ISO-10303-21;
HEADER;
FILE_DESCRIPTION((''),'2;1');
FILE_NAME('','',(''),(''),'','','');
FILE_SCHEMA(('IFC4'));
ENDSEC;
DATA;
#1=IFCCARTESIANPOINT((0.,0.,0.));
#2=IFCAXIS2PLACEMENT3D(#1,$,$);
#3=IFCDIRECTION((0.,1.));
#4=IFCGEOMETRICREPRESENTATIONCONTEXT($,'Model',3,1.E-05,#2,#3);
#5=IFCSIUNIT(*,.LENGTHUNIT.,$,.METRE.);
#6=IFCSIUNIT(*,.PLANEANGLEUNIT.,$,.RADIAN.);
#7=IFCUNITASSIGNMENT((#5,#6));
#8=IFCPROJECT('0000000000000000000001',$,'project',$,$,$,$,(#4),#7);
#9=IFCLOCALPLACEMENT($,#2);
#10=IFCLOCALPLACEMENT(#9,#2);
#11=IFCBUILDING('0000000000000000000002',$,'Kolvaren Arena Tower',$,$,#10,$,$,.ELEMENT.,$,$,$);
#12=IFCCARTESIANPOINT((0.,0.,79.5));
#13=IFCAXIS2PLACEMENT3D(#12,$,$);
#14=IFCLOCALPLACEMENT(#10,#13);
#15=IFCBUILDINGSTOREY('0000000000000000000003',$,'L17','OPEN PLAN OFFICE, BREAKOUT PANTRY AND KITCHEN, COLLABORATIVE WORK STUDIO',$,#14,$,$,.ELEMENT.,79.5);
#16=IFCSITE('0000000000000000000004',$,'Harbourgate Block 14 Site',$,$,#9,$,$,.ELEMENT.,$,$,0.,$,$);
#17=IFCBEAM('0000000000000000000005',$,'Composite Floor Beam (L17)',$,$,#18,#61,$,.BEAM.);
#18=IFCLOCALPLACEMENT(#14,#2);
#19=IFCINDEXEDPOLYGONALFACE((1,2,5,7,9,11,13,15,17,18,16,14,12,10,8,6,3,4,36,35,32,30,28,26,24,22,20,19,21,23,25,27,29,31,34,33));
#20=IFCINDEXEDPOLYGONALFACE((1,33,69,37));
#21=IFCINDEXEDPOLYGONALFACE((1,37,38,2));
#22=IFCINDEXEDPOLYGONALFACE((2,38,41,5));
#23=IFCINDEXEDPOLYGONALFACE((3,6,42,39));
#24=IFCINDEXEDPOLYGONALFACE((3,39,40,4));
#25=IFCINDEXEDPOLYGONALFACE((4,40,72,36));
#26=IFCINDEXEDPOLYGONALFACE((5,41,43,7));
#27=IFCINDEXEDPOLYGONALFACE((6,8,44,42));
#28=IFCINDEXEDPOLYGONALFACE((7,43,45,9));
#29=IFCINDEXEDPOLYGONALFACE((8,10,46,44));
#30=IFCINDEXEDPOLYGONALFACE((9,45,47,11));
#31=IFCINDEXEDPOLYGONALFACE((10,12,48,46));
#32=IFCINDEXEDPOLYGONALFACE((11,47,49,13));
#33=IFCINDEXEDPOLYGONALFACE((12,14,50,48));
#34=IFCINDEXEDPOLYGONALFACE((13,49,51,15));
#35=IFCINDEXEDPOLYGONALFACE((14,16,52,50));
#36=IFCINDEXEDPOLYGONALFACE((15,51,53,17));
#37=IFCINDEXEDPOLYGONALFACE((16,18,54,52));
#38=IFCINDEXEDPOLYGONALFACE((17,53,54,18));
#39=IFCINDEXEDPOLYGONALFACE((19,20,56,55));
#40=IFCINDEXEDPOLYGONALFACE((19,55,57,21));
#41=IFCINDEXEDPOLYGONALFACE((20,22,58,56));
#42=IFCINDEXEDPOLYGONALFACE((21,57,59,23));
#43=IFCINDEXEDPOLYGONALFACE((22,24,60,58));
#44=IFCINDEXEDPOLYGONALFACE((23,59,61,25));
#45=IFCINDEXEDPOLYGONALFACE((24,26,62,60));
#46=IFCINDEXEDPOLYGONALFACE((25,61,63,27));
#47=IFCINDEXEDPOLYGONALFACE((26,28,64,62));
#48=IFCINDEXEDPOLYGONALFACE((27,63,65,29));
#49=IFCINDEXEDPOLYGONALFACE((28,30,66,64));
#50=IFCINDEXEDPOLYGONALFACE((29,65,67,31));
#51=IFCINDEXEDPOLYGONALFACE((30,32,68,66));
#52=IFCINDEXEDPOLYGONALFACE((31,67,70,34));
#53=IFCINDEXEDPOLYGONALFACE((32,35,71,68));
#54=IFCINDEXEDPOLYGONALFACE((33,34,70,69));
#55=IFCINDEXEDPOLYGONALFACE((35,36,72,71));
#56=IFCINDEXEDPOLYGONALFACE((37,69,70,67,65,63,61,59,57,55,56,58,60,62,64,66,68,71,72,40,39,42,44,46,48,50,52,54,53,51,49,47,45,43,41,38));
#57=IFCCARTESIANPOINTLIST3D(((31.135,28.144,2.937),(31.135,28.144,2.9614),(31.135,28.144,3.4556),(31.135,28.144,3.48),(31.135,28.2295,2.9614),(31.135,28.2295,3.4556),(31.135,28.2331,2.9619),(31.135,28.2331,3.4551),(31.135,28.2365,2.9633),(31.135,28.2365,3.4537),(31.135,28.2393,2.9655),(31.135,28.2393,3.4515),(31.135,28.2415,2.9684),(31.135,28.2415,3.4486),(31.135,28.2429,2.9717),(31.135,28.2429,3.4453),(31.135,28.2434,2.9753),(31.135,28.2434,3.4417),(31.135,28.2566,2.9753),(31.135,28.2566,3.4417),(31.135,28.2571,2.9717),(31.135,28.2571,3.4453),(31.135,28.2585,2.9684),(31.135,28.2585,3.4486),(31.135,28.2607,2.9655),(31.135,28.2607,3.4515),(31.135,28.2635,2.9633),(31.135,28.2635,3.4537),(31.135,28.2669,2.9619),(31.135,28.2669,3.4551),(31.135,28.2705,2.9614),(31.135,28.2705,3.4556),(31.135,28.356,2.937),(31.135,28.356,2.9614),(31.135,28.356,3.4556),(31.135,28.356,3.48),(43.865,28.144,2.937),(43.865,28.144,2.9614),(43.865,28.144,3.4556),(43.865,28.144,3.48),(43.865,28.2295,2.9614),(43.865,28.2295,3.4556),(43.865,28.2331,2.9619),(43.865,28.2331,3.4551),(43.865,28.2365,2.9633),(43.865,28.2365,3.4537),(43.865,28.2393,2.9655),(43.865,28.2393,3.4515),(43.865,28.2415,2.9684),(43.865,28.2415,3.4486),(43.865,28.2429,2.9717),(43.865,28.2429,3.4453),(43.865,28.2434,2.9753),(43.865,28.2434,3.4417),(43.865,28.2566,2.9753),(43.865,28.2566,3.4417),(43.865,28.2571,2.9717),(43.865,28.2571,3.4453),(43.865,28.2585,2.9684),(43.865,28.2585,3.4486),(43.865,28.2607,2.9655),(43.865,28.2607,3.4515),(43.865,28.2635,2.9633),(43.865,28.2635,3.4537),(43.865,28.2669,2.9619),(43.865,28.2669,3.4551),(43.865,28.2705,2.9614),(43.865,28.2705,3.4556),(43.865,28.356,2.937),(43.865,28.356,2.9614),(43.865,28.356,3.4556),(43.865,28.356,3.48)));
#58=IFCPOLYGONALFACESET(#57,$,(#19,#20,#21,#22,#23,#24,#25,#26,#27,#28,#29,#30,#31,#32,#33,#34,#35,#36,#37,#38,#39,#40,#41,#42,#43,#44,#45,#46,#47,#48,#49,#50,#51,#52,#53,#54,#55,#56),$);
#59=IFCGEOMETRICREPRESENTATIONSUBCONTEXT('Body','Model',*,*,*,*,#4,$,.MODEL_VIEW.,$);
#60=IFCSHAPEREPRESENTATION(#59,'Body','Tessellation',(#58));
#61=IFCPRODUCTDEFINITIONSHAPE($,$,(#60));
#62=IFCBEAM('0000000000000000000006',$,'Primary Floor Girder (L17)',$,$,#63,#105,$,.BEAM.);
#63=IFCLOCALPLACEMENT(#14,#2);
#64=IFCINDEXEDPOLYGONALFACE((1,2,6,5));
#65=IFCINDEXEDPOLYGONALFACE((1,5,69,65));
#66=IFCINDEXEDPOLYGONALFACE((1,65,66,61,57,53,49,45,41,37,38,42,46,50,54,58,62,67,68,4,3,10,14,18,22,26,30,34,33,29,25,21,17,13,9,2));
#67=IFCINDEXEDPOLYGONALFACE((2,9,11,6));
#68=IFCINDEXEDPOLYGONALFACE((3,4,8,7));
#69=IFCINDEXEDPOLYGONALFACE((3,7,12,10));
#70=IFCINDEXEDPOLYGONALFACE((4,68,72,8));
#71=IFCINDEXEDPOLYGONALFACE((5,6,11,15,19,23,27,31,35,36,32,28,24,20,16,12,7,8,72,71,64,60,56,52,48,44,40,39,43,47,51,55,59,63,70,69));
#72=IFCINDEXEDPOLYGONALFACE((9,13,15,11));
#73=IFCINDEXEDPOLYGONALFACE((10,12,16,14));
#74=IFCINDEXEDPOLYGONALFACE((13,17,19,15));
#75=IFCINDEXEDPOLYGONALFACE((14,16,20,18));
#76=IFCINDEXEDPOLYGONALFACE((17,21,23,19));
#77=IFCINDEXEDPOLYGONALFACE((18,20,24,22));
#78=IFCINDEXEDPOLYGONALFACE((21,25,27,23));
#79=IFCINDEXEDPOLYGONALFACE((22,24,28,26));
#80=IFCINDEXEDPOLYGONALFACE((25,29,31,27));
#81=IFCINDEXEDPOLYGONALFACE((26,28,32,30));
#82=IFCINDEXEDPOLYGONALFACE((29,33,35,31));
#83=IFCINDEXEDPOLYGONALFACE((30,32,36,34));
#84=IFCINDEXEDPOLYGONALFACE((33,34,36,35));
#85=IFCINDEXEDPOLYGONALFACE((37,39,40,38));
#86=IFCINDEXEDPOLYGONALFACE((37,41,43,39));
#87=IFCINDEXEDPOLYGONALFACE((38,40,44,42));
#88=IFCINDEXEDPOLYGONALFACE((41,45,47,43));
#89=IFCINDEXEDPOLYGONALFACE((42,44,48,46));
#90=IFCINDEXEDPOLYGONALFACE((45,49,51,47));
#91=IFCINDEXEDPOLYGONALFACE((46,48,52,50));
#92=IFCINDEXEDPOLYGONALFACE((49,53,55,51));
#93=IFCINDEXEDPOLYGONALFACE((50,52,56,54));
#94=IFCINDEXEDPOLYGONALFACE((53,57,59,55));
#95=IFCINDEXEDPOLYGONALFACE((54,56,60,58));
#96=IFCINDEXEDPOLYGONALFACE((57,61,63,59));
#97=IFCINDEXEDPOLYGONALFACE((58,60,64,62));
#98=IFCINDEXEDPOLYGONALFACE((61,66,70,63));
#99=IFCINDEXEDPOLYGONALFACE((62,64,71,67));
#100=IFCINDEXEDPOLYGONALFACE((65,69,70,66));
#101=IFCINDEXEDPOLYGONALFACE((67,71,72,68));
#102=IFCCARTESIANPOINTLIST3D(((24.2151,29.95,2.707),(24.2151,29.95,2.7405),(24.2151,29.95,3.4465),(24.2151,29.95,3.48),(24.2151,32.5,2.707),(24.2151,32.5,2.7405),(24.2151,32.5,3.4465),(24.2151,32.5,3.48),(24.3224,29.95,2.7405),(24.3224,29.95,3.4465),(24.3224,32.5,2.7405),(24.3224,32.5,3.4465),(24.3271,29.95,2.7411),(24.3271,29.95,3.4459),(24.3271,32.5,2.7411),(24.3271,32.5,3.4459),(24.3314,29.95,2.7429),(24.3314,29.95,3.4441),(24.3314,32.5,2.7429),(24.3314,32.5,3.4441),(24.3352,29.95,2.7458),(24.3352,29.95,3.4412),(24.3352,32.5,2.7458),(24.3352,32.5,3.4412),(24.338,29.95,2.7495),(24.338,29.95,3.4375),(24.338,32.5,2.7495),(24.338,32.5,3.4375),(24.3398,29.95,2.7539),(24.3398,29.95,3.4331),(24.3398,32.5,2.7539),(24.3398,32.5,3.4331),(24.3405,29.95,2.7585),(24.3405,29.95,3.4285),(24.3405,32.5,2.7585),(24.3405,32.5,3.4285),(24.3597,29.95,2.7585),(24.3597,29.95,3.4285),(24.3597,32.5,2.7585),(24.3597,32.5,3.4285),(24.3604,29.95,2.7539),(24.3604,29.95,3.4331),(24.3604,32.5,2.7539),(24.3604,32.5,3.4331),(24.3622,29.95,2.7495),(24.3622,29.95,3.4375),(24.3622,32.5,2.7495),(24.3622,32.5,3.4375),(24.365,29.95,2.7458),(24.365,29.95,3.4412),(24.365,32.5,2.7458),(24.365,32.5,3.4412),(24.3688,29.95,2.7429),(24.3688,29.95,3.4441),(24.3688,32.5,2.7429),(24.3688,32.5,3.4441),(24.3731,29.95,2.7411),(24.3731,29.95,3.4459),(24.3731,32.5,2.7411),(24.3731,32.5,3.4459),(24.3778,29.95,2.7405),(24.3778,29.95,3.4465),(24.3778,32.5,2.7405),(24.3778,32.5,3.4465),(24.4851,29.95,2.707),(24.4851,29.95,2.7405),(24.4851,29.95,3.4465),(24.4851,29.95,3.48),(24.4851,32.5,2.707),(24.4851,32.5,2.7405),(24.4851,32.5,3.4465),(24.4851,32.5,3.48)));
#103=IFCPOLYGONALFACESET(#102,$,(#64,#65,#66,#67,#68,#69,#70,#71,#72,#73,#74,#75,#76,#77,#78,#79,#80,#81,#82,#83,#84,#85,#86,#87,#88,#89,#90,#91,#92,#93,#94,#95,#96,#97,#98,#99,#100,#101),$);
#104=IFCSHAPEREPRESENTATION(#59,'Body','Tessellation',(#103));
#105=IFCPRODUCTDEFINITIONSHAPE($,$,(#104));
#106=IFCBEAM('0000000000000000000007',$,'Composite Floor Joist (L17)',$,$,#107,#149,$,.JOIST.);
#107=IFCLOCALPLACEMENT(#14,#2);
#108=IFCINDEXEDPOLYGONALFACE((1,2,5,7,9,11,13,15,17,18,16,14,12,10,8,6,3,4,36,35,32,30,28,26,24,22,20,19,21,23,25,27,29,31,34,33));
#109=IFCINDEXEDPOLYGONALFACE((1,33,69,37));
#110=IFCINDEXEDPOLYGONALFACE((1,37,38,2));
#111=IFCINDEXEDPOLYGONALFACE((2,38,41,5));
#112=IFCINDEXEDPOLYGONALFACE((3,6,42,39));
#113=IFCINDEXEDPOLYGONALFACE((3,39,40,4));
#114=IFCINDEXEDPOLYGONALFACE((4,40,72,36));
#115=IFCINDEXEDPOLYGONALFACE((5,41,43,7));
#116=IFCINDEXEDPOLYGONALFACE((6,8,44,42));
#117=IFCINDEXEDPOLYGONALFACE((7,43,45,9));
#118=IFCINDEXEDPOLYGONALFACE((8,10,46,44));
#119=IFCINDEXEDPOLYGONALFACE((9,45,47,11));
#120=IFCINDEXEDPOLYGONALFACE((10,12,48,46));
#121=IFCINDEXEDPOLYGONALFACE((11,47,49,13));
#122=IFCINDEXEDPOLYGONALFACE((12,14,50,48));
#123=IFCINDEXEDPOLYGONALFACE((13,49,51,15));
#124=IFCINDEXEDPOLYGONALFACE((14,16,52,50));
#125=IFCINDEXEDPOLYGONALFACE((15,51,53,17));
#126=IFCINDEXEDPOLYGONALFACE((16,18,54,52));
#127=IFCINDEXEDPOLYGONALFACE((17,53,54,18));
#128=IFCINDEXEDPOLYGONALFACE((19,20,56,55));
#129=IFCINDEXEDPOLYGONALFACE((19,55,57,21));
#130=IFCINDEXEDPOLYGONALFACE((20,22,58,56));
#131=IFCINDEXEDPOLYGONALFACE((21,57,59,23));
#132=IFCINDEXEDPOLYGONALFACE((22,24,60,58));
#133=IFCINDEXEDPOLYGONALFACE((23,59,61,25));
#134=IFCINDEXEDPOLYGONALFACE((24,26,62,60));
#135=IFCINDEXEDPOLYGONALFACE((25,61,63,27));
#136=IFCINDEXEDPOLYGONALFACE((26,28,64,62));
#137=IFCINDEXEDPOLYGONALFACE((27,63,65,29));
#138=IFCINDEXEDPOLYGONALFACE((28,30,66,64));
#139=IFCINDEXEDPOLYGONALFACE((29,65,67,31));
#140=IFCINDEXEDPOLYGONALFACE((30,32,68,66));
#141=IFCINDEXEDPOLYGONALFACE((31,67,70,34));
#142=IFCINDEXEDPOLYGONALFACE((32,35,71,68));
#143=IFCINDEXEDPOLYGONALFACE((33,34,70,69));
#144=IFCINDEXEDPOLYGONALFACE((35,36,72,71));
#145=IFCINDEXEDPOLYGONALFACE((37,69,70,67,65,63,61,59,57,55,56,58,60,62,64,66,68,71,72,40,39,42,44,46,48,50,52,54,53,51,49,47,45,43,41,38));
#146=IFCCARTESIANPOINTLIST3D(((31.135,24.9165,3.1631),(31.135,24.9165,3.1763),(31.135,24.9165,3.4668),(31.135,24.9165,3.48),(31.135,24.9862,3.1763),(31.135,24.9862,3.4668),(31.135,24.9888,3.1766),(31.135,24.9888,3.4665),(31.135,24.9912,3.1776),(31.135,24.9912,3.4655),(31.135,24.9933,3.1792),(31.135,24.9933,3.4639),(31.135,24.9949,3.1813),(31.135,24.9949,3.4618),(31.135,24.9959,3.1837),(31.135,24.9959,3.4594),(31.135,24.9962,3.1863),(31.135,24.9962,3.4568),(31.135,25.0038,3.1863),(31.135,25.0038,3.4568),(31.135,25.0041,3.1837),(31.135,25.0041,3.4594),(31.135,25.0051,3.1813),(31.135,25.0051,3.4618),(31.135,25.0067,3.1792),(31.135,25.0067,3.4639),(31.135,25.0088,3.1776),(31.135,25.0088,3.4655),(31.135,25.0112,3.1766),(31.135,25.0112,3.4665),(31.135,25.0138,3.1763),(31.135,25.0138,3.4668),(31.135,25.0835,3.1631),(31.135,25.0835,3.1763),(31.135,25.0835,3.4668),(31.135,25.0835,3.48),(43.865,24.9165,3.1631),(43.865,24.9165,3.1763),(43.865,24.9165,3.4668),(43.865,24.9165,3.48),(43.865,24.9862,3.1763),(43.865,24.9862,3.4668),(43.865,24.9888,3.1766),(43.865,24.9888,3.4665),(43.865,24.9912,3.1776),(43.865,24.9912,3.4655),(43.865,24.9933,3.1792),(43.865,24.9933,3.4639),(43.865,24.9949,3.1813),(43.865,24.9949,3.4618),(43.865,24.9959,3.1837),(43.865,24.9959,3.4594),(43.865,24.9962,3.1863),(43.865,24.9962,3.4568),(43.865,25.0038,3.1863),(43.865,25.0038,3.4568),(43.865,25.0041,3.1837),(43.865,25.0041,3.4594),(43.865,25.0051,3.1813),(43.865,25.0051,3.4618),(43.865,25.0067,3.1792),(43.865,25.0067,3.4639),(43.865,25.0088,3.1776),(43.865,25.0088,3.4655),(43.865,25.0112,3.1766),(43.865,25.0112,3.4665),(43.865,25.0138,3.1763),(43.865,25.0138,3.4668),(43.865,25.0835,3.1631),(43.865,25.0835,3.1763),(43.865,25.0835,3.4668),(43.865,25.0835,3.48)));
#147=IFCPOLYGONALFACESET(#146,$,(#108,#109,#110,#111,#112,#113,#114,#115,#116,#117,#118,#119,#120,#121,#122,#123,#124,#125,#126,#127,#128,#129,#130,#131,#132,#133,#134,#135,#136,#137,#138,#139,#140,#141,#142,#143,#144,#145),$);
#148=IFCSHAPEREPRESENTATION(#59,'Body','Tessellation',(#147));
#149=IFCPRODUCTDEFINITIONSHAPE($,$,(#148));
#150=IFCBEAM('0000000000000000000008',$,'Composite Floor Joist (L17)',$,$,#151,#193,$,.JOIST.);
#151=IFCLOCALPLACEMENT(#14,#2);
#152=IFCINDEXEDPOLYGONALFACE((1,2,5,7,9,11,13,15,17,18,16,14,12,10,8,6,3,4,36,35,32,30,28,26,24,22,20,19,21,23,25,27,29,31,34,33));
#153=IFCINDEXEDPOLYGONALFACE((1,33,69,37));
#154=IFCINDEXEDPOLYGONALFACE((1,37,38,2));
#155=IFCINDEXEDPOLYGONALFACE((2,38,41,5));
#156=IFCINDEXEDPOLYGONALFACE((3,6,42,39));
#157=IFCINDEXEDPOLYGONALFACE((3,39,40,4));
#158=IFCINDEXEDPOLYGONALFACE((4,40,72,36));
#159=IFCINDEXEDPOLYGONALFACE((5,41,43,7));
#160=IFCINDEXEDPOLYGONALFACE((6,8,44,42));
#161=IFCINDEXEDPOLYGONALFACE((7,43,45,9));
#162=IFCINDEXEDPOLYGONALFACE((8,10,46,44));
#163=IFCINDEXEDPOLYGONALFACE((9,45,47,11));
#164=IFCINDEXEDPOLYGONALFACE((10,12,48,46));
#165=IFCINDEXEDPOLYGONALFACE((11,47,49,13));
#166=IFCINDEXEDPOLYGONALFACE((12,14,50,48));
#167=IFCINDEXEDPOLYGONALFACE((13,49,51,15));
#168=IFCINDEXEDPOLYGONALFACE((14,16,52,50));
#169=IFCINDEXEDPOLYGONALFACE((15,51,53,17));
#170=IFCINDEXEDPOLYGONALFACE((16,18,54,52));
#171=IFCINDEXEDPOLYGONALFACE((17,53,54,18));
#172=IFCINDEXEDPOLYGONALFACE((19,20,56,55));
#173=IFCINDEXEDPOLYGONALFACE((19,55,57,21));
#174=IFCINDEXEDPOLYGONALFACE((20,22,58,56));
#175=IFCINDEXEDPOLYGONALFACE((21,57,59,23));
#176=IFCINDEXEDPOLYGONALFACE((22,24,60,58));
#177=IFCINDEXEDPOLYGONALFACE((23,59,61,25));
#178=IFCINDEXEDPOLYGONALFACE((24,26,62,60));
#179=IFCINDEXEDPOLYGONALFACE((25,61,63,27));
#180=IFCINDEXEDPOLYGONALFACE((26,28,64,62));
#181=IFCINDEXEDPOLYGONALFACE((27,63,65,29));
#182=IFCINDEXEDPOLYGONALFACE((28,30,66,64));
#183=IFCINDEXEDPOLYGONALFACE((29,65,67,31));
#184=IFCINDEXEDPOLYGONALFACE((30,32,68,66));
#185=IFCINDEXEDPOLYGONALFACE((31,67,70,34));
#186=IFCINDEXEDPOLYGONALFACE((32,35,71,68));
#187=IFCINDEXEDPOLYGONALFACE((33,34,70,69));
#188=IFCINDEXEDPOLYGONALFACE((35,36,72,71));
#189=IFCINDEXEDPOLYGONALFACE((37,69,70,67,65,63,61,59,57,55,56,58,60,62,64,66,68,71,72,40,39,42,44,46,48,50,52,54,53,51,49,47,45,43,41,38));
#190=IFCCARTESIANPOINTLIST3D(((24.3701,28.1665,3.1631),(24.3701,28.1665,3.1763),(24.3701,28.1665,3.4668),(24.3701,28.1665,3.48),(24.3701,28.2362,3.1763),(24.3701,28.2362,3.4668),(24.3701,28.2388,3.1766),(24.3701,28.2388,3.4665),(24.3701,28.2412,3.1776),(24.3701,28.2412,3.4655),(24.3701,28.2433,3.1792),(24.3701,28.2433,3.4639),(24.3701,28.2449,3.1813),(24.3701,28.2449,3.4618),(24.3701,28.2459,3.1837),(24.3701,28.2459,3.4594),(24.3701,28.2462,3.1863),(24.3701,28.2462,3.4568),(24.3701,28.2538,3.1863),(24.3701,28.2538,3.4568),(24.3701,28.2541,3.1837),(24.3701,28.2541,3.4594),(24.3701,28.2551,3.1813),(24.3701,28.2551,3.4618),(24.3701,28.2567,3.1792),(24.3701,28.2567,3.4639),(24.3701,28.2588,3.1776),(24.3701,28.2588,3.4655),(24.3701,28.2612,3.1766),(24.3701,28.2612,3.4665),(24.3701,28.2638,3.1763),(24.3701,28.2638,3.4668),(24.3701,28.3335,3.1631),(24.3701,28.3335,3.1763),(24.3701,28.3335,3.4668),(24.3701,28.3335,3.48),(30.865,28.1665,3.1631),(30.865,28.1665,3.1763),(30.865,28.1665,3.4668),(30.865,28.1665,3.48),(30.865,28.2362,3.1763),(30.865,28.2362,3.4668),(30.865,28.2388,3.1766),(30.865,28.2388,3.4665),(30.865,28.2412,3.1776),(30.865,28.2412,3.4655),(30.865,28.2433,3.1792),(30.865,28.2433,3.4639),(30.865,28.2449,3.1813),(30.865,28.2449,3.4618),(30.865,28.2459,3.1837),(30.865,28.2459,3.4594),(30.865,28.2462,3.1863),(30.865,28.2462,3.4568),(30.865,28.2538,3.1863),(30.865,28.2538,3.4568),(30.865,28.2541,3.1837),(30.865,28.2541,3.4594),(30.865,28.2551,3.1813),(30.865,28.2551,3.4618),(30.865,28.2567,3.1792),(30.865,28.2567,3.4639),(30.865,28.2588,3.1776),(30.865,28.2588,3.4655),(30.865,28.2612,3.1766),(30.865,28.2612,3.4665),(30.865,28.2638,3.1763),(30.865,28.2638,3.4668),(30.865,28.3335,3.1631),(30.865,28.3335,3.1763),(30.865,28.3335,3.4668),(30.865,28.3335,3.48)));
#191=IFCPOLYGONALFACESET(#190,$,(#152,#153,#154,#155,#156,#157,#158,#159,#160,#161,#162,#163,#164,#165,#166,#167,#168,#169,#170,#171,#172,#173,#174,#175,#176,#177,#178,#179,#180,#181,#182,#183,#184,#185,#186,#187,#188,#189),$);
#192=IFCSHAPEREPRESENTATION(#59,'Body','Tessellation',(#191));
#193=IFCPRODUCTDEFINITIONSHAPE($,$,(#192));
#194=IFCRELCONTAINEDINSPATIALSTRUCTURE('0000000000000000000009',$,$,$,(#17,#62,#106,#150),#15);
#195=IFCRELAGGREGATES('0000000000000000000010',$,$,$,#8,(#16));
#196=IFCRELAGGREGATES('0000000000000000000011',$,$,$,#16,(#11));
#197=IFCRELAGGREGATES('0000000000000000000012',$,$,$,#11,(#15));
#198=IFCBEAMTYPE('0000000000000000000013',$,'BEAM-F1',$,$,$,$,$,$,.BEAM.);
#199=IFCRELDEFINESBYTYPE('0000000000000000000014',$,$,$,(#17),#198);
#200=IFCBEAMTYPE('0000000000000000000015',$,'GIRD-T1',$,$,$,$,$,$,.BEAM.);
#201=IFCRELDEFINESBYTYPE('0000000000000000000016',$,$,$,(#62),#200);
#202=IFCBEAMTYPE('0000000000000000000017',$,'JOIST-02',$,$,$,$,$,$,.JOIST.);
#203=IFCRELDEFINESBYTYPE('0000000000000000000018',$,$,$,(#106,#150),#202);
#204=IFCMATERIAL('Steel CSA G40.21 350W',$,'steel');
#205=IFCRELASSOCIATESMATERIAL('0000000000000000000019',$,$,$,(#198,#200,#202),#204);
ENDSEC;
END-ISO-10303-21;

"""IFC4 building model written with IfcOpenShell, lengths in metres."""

from ifc_helpers import new_model, si_unit, direction, frame, origin, origin_2d, place, context, subcontext, project, spatial, i_section, extrude, material, material_profile, profile_set, type_object, element, save


model = new_model("IFC4")

# Units and contexts
model_context = context("Model", 3, precision=1e-05, world=origin(), true_north=direction((0.0, 1.0)))
body_context = subcontext(model_context, "Body", "Model", "MODEL_VIEW")
ifc_project = project(units=[si_unit("LENGTHUNIT", "METRE"), si_unit("PLANEANGLEUNIT", "RADIAN")], contexts=[model_context])

# Site, building, storey
site_placement = place(None, origin())
site = spatial("IfcSite", under=ifc_project, at=site_placement, Name="Harbourgate Block 14 Site", CompositionType="ELEMENT", RefElevation=0.0)
building_placement = place(site_placement, origin())
building = spatial("IfcBuilding", under=site, at=building_placement, Name="Kolvaren Arena Tower", CompositionType="ELEMENT")
storey_placement = place(building_placement, frame((0.0, 0.0, 79.5)))
storey = spatial("IfcBuildingStorey", under=building, at=storey_placement, Name="L17", Description="OPEN PLAN OFFICE, BREAKOUT PANTRY AND KITCHEN, COLLABORATIVE WORK STUDIO", CompositionType="ELEMENT", Elevation=79.5)

# Beams
ifc_material_1 = material(Name="Steel CSA G40.21 350W", Category="steel")
ifc_material_profile_1 = material_profile(ifc_material_1, i_section(OverallWidth=0.2119, OverallDepth=0.543, WebThickness=0.0132, FlangeThickness=0.0244, FilletRadius=0.0139, at=origin_2d()), Name="W530x150")
ifc_profile_set_1 = profile_set([ifc_material_profile_1], Name="Steel CSA G40.21 350W")
beam_type_1 = type_object("IfcBeamType", Name="BEAM-F1", PredefinedType="BEAM", material=ifc_profile_set_1)
beam_1_placement = place(storey_placement, frame((31.135, 28.25, 3.2085), z_axis=(1.0, 0.0, 0.0), x_axis=(0.0, 1.0, 0.0)))
element("IfcBeam", 1, at=beam_1_placement, inside=storey, type_object=beam_type_1, Name="Composite Floor Beam (L17)", PredefinedType="BEAM", context=body_context, shape_type="SweptSolid", body=[
    extrude(i_section(OverallWidth=0.2119, OverallDepth=0.543, WebThickness=0.0132, FlangeThickness=0.0244, FilletRadius=0.0139, at=origin_2d()), origin(), (0.0, 0.0, 1.0), 12.73),
])
ifc_material_profile_2 = material_profile(ifc_material_1, i_section(OverallWidth=0.27, OverallDepth=0.7729, WebThickness=0.0193, FlangeThickness=0.0334, FilletRadius=0.0181, at=origin_2d()), Name="W760x257")
ifc_profile_set_2 = profile_set([ifc_material_profile_2], Name="Steel CSA G40.21 350W")
beam_type_2 = type_object("IfcBeamType", Name="GIRD-T1", PredefinedType="BEAM", material=ifc_profile_set_2)
beam_2_placement = place(storey_placement, frame((24.3501, 29.95, 3.0935), z_axis=(0.0, 1.0, 0.0), x_axis=(-1.0, 0.0, 0.0)))
element("IfcBeam", 2, at=beam_2_placement, inside=storey, type_object=beam_type_2, Name="Primary Floor Girder (L17)", PredefinedType="BEAM", context=body_context, shape_type="SweptSolid", body=[
    extrude(i_section(OverallWidth=0.27, OverallDepth=0.7729, WebThickness=0.0193, FlangeThickness=0.0334, FilletRadius=0.0181, at=origin_2d()), origin(), (0.0, 0.0, 1.0), 2.55),
])
ifc_material_profile_3 = material_profile(ifc_material_1, i_section(OverallWidth=0.167, OverallDepth=0.3169, WebThickness=0.0076, FlangeThickness=0.0132, FilletRadius=0.01, at=origin_2d()), Name="W310x52")
ifc_profile_set_3 = profile_set([ifc_material_profile_3], Name="Steel CSA G40.21 350W")
beam_type_3 = type_object("IfcBeamType", Name="JOIST-02", PredefinedType="JOIST", material=ifc_profile_set_3)
beam_3_placement = place(storey_placement, frame((31.135, 25.0, 3.3215), z_axis=(1.0, 0.0, 0.0), x_axis=(0.0, 1.0, 0.0)))
element("IfcBeam", 3, at=beam_3_placement, inside=storey, type_object=beam_type_3, Name="Composite Floor Joist (L17)", PredefinedType="JOIST", context=body_context, shape_type="SweptSolid", body=[
    extrude(i_section(OverallWidth=0.167, OverallDepth=0.3169, WebThickness=0.0076, FlangeThickness=0.0132, FilletRadius=0.01, at=origin_2d()), origin(), (0.0, 0.0, 1.0), 12.73),
])
beam_4_placement = place(storey_placement, frame((24.3701, 28.25, 3.3215), z_axis=(1.0, 0.0, 0.0), x_axis=(0.0, 1.0, 0.0)))
element("IfcBeam", 4, at=beam_4_placement, inside=storey, type_object=beam_type_3, Name="Composite Floor Joist (L17)", PredefinedType="JOIST", context=body_context, shape_type="SweptSolid", body=[
    extrude(i_section(OverallWidth=0.167, OverallDepth=0.3169, WebThickness=0.0076, FlangeThickness=0.0132, FilletRadius=0.01, at=origin_2d()), origin(), (0.0, 0.0, 1.0), 6.4949),
])

save(model, "model.ifc")
